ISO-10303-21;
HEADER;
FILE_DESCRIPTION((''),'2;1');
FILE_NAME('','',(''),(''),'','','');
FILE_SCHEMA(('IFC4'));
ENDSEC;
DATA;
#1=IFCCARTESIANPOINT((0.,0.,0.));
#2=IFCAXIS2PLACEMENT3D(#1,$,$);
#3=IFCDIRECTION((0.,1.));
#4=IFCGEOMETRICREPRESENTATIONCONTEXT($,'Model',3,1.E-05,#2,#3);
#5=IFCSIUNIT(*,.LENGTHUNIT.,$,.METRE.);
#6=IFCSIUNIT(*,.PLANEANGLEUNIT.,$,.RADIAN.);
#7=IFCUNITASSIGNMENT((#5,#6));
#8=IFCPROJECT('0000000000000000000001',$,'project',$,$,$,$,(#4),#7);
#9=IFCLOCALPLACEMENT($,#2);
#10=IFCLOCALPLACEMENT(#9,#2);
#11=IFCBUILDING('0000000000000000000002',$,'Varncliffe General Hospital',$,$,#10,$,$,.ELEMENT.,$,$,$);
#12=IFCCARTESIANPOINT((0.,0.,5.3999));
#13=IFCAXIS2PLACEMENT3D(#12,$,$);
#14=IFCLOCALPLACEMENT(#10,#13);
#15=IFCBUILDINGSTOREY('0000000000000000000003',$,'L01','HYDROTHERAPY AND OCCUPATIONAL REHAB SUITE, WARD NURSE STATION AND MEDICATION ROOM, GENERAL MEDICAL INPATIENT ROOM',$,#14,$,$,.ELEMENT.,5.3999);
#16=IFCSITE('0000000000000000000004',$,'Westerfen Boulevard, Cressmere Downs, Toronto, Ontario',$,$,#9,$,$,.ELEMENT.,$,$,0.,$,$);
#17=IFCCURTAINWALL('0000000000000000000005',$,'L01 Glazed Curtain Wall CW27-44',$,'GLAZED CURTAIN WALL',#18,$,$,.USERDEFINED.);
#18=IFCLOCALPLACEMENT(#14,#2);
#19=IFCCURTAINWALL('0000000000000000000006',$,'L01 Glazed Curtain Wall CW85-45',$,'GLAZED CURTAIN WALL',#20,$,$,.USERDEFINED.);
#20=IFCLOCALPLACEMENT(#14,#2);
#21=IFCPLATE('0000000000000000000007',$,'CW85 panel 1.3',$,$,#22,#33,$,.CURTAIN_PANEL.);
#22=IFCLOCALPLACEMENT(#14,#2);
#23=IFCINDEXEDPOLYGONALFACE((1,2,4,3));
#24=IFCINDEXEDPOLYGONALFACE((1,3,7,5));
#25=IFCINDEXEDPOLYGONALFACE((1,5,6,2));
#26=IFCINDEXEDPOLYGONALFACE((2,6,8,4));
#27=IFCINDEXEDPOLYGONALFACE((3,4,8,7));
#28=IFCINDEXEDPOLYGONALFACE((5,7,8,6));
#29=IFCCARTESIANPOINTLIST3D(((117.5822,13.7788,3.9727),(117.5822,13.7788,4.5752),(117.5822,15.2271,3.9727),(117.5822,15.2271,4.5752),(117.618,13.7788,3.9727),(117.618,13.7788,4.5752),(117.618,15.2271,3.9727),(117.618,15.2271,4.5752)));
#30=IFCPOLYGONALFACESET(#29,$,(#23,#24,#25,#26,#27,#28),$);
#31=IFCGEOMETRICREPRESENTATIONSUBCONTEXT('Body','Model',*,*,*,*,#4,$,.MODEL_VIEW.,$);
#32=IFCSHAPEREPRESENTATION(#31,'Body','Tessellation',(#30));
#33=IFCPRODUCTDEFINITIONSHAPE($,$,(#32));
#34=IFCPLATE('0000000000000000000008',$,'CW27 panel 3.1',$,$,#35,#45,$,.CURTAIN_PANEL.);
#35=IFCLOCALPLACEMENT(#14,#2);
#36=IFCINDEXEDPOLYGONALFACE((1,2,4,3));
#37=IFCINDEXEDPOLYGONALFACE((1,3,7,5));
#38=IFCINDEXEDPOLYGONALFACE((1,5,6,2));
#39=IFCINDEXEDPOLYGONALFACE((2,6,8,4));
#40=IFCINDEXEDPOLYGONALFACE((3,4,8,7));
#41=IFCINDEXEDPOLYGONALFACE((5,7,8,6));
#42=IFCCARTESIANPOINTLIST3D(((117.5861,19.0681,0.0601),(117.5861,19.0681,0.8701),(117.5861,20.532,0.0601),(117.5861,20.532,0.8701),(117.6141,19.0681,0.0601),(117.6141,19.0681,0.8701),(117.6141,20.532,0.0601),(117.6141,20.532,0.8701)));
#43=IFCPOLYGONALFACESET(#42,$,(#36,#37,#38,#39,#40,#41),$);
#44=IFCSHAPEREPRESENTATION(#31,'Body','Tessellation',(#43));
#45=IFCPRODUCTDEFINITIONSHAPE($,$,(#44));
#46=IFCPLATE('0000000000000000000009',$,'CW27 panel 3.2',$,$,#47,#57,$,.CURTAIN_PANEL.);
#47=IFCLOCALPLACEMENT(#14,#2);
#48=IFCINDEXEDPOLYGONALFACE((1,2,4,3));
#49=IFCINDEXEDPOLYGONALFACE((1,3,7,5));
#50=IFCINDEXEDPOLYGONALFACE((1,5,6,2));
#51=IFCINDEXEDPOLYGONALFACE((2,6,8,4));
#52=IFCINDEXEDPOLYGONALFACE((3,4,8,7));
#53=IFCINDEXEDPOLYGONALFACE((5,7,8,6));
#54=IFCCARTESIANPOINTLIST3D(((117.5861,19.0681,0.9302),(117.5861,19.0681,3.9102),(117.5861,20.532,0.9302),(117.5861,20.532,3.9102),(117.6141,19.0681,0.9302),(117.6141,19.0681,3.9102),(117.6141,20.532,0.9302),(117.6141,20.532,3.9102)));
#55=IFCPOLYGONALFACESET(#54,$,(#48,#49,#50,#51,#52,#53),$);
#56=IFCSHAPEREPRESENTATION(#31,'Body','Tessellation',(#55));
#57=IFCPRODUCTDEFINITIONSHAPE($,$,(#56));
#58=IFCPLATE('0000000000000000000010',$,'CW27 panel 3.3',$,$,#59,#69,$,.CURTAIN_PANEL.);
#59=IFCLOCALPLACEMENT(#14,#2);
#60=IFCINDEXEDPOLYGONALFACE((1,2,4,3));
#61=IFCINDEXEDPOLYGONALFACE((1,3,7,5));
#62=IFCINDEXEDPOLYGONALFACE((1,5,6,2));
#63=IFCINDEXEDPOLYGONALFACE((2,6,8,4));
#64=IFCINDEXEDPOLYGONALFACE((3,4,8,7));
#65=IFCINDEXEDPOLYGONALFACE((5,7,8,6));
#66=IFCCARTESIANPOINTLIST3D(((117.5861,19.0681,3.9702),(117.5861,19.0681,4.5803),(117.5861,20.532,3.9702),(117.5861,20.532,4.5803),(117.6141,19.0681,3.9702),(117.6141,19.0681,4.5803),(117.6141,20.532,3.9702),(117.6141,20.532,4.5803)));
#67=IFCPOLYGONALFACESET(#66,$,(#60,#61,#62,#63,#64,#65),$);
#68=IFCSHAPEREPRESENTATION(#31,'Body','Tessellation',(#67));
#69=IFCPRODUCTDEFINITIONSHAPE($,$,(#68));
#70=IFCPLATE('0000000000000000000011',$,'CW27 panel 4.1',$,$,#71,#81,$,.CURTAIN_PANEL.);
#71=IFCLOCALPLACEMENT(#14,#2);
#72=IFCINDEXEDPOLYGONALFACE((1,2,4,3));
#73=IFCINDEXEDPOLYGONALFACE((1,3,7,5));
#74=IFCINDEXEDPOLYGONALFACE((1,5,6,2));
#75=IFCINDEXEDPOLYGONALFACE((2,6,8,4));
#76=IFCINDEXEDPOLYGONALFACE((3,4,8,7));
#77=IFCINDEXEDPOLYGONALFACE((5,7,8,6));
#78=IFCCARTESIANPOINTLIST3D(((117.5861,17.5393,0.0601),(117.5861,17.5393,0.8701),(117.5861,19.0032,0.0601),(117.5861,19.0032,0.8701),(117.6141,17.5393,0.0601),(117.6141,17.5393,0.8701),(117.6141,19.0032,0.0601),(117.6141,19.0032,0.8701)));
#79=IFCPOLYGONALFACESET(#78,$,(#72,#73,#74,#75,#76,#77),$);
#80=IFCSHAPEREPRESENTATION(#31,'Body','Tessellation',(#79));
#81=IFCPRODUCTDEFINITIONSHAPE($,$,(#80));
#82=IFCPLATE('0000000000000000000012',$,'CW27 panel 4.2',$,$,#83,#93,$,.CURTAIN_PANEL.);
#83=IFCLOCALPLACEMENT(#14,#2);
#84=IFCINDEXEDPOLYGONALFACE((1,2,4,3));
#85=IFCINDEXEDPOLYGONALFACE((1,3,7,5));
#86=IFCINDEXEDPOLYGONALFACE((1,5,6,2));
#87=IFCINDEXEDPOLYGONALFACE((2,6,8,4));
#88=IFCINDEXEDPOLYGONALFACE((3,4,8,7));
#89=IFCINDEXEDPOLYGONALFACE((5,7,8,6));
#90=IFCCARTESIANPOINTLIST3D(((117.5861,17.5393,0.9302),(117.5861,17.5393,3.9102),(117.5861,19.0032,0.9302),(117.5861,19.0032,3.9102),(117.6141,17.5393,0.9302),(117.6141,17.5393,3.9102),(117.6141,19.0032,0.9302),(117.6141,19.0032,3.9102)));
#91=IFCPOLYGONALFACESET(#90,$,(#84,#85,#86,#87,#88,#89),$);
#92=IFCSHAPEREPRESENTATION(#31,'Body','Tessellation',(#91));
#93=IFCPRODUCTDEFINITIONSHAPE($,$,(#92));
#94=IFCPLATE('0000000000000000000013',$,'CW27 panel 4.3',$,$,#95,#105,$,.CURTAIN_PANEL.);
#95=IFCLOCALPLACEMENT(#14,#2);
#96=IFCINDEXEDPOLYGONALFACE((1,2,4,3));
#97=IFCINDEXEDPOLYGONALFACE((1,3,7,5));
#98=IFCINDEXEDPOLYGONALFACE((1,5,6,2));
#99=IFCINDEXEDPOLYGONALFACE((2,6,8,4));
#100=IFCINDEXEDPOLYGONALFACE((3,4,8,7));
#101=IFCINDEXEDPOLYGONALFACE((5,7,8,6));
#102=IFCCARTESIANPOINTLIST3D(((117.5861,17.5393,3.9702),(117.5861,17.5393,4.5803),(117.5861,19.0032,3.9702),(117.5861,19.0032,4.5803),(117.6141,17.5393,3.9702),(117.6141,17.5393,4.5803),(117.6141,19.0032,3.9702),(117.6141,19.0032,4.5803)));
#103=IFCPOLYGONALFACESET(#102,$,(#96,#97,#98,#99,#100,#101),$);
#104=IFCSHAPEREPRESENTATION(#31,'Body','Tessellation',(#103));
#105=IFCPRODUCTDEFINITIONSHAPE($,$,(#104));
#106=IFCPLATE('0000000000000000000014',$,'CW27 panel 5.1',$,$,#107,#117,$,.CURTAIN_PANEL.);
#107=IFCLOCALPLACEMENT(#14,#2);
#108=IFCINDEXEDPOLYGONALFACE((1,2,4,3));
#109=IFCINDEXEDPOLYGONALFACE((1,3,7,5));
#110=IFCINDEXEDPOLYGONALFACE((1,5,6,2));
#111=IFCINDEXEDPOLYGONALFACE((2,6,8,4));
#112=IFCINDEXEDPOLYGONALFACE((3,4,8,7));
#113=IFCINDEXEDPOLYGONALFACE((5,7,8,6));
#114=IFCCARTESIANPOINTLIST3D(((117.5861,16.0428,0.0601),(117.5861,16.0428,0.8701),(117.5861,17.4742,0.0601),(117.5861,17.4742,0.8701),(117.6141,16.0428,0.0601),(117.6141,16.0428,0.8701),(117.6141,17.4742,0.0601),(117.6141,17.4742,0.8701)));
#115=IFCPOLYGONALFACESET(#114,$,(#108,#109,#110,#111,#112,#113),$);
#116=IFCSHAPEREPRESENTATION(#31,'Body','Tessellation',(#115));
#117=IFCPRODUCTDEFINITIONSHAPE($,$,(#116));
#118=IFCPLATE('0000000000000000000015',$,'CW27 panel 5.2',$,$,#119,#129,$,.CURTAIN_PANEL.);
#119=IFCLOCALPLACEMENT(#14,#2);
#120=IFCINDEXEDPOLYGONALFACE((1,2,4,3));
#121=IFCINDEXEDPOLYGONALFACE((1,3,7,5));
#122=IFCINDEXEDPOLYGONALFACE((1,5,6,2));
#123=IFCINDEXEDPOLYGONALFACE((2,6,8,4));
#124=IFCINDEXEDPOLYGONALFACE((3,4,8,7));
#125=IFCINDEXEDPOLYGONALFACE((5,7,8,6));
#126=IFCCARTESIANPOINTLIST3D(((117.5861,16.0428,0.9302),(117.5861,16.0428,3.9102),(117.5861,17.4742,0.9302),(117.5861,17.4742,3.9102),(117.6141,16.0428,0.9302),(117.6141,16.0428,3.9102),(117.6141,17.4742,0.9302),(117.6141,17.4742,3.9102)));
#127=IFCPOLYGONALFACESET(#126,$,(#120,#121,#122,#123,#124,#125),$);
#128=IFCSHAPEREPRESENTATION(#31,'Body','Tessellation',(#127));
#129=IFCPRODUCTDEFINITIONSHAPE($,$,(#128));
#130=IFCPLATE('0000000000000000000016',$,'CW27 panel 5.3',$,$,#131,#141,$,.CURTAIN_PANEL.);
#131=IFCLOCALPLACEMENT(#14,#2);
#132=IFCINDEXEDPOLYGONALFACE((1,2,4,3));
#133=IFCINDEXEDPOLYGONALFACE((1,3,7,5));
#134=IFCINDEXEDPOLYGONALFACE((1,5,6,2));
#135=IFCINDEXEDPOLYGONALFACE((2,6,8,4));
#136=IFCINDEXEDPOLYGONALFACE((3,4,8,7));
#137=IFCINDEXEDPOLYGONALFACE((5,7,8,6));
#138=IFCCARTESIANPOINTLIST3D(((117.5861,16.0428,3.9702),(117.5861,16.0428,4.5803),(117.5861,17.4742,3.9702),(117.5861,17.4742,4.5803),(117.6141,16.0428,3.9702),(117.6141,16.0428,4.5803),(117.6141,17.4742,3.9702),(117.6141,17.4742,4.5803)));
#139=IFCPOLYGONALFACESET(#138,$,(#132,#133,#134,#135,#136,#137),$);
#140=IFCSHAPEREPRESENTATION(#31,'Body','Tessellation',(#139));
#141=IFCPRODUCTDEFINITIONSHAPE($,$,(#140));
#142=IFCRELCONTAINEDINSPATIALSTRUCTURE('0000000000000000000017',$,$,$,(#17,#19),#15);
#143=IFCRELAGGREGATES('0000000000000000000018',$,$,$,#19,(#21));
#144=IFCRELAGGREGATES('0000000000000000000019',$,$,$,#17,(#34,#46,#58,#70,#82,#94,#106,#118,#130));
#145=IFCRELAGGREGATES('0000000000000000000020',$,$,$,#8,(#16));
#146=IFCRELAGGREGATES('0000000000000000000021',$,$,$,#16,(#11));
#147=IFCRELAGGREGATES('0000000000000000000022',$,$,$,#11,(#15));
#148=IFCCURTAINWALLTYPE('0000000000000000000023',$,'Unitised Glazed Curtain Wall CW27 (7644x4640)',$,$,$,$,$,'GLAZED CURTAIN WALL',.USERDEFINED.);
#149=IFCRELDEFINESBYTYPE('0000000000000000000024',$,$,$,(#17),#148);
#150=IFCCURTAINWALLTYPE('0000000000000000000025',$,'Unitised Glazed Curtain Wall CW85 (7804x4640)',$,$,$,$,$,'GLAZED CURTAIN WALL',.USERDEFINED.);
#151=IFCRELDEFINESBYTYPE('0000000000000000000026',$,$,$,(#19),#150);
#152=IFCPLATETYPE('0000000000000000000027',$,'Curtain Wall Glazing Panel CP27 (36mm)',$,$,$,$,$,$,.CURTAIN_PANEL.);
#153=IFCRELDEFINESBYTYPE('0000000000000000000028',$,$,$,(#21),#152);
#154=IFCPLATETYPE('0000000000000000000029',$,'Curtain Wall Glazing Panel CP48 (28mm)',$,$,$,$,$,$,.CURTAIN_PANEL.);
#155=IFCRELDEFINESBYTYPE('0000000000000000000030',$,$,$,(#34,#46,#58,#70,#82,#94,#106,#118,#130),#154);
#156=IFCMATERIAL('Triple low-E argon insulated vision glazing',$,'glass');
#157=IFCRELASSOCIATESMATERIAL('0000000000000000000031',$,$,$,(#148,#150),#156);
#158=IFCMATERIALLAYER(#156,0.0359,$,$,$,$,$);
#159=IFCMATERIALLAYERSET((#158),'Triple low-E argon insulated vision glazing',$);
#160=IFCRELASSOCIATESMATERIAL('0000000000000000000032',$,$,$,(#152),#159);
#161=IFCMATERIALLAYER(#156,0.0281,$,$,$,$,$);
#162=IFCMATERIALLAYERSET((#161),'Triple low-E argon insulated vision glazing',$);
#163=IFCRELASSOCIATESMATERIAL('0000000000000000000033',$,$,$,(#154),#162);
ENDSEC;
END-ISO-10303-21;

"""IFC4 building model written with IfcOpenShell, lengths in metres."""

from ifc_helpers import new_model, si_unit, direction, frame, origin, origin_2d, place, context, subcontext, project, spatial, rectangle, extrude, material, layer, layer_set, type_object, element, aggregate, save


model = new_model("IFC4")

# Units and contexts
model_context = context("Model", 3, precision=1e-05, world=origin(), true_north=direction((0.0, 1.0)))
body_context = subcontext(model_context, "Body", "Model", "MODEL_VIEW")
ifc_project = project(units=[si_unit("LENGTHUNIT", "METRE"), si_unit("PLANEANGLEUNIT", "RADIAN")], contexts=[model_context])

# Site, building, storey
site_placement = place(None, origin())
site = spatial("IfcSite", under=ifc_project, at=site_placement, Name="Westerfen Boulevard, Cressmere Downs, Toronto, Ontario", CompositionType="ELEMENT", RefElevation=0.0)
building_placement = place(site_placement, origin())
building = spatial("IfcBuilding", under=site, at=building_placement, Name="Varncliffe General Hospital", CompositionType="ELEMENT")
storey_placement = place(building_placement, frame((0.0, 0.0, 5.3999)))
storey = spatial("IfcBuildingStorey", under=building, at=storey_placement, Name="L01", Description="HYDROTHERAPY AND OCCUPATIONAL REHAB SUITE, WARD NURSE STATION AND MEDICATION ROOM, GENERAL MEDICAL INPATIENT ROOM", CompositionType="ELEMENT", Elevation=5.3999)

# Curtain walls
ifc_material_1 = material(Name="Triple low-E argon insulated vision glazing", Category="glass")
curtain_wall_type_1 = type_object("IfcCurtainWallType", Name="Unitised Glazed Curtain Wall CW27 (7644x4640)", ElementType="GLAZED CURTAIN WALL", PredefinedType="USERDEFINED", material=ifc_material_1)
curtain_wall_1_placement = place(storey_placement, origin())
curtain_wall_1 = element("IfcCurtainWall", 1, at=curtain_wall_1_placement, inside=storey, type_object=curtain_wall_type_1, Name="L01 Glazed Curtain Wall CW27-44", ObjectType="GLAZED CURTAIN WALL", PredefinedType="USERDEFINED")
curtain_wall_type_2 = type_object("IfcCurtainWallType", Name="Unitised Glazed Curtain Wall CW85 (7804x4640)", ElementType="GLAZED CURTAIN WALL", PredefinedType="USERDEFINED", material=ifc_material_1)
curtain_wall_2_placement = place(storey_placement, origin())
curtain_wall_2 = element("IfcCurtainWall", 2, at=curtain_wall_2_placement, inside=storey, type_object=curtain_wall_type_2, Name="L01 Glazed Curtain Wall CW85-45", ObjectType="GLAZED CURTAIN WALL", PredefinedType="USERDEFINED")

# Plates
ifc_layer_1 = layer(ifc_material_1, 0.0359)
ifc_layer_set_1 = layer_set([ifc_layer_1], Name="Triple low-E argon insulated vision glazing")
plate_type_1 = type_object("IfcPlateType", Name="Curtain Wall Glazing Panel CP27 (36mm)", PredefinedType="CURTAIN_PANEL", material=ifc_layer_set_1)
plate_1_placement = place(storey_placement, frame((117.6001, 14.5029, 3.9727), z_axis=(0.0, 0.0, 1.0), x_axis=(0.0, -1.0, 0.0)))
plate_1 = element("IfcPlate", 3, at=plate_1_placement, type_object=plate_type_1, Name="CW85 panel 1.3", PredefinedType="CURTAIN_PANEL", context=body_context, shape_type="SweptSolid", body=[
    extrude(rectangle(XDim=1.4482, YDim=0.0359, at=origin_2d()), origin(), (0.0, 0.0, 1.0), 0.6025),
])
aggregate(curtain_wall_2, [plate_1])
ifc_layer_2 = layer(ifc_material_1, 0.0281)
ifc_layer_set_2 = layer_set([ifc_layer_2], Name="Triple low-E argon insulated vision glazing")
plate_type_2 = type_object("IfcPlateType", Name="Curtain Wall Glazing Panel CP48 (28mm)", PredefinedType="CURTAIN_PANEL", material=ifc_layer_set_2)
plate_2_placement = place(storey_placement, frame((117.6001, 19.8, 0.0601), z_axis=(0.0, 0.0, 1.0), x_axis=(0.0, -1.0, 0.0)))
plate_2 = element("IfcPlate", 4, at=plate_2_placement, type_object=plate_type_2, Name="CW27 panel 3.1", PredefinedType="CURTAIN_PANEL", context=body_context, shape_type="SweptSolid", body=[
    extrude(rectangle(XDim=1.4639, YDim=0.0281, at=origin_2d()), origin(), (0.0, 0.0, 1.0), 0.8101),
])
plate_3_placement = place(storey_placement, frame((117.6001, 19.8, 0.9302), z_axis=(0.0, 0.0, 1.0), x_axis=(0.0, -1.0, 0.0)))
plate_3 = element("IfcPlate", 5, at=plate_3_placement, type_object=plate_type_2, Name="CW27 panel 3.2", PredefinedType="CURTAIN_PANEL", context=body_context, shape_type="SweptSolid", body=[
    extrude(rectangle(XDim=1.4639, YDim=0.0281, at=origin_2d()), origin(), (0.0, 0.0, 1.0), 2.98),
])
plate_4_placement = place(storey_placement, frame((117.6001, 19.8, 3.9702), z_axis=(0.0, 0.0, 1.0), x_axis=(0.0, -1.0, 0.0)))
plate_4 = element("IfcPlate", 6, at=plate_4_placement, type_object=plate_type_2, Name="CW27 panel 3.3", PredefinedType="CURTAIN_PANEL", context=body_context, shape_type="SweptSolid", body=[
    extrude(rectangle(XDim=1.4639, YDim=0.0281, at=origin_2d()), origin(), (0.0, 0.0, 1.0), 0.6101),
])
plate_5_placement = place(storey_placement, frame((117.6001, 18.2712, 0.0601), z_axis=(0.0, 0.0, 1.0), x_axis=(0.0, -1.0, 0.0)))
plate_5 = element("IfcPlate", 7, at=plate_5_placement, type_object=plate_type_2, Name="CW27 panel 4.1", PredefinedType="CURTAIN_PANEL", context=body_context, shape_type="SweptSolid", body=[
    extrude(rectangle(XDim=1.4639, YDim=0.0281, at=origin_2d()), origin(), (0.0, 0.0, 1.0), 0.8101),
])
plate_6_placement = place(storey_placement, frame((117.6001, 18.2712, 0.9302), z_axis=(0.0, 0.0, 1.0), x_axis=(0.0, -1.0, 0.0)))
plate_6 = element("IfcPlate", 8, at=plate_6_placement, type_object=plate_type_2, Name="CW27 panel 4.2", PredefinedType="CURTAIN_PANEL", context=body_context, shape_type="SweptSolid", body=[
    extrude(rectangle(XDim=1.4639, YDim=0.0281, at=origin_2d()), origin(), (0.0, 0.0, 1.0), 2.98),
])
plate_7_placement = place(storey_placement, frame((117.6001, 18.2712, 3.9702), z_axis=(0.0, 0.0, 1.0), x_axis=(0.0, -1.0, 0.0)))
plate_7 = element("IfcPlate", 9, at=plate_7_placement, type_object=plate_type_2, Name="CW27 panel 4.3", PredefinedType="CURTAIN_PANEL", context=body_context, shape_type="SweptSolid", body=[
    extrude(rectangle(XDim=1.4639, YDim=0.0281, at=origin_2d()), origin(), (0.0, 0.0, 1.0), 0.6101),
])
plate_8_placement = place(storey_placement, frame((117.6001, 16.7585, 0.0601), z_axis=(0.0, 0.0, 1.0), x_axis=(0.0, -1.0, 0.0)))
plate_8 = element("IfcPlate", 10, at=plate_8_placement, type_object=plate_type_2, Name="CW27 panel 5.1", PredefinedType="CURTAIN_PANEL", context=body_context, shape_type="SweptSolid", body=[
    extrude(rectangle(XDim=1.4314, YDim=0.0281, at=origin_2d()), origin(), (0.0, 0.0, 1.0), 0.8101),
])
plate_9_placement = place(storey_placement, frame((117.6001, 16.7585, 0.9302), z_axis=(0.0, 0.0, 1.0), x_axis=(0.0, -1.0, 0.0)))
plate_9 = element("IfcPlate", 11, at=plate_9_placement, type_object=plate_type_2, Name="CW27 panel 5.2", PredefinedType="CURTAIN_PANEL", context=body_context, shape_type="SweptSolid", body=[
    extrude(rectangle(XDim=1.4314, YDim=0.0281, at=origin_2d()), origin(), (0.0, 0.0, 1.0), 2.98),
])
plate_10_placement = place(storey_placement, frame((117.6001, 16.7585, 3.9702), z_axis=(0.0, 0.0, 1.0), x_axis=(0.0, -1.0, 0.0)))
plate_10 = element("IfcPlate", 12, at=plate_10_placement, type_object=plate_type_2, Name="CW27 panel 5.3", PredefinedType="CURTAIN_PANEL", context=body_context, shape_type="SweptSolid", body=[
    extrude(rectangle(XDim=1.4314, YDim=0.0281, at=origin_2d()), origin(), (0.0, 0.0, 1.0), 0.6101),
])
aggregate(curtain_wall_1, [plate_2, plate_3, plate_4, plate_5, plate_6, plate_7, plate_8, plate_9, plate_10])

save(model, "model.ifc")
